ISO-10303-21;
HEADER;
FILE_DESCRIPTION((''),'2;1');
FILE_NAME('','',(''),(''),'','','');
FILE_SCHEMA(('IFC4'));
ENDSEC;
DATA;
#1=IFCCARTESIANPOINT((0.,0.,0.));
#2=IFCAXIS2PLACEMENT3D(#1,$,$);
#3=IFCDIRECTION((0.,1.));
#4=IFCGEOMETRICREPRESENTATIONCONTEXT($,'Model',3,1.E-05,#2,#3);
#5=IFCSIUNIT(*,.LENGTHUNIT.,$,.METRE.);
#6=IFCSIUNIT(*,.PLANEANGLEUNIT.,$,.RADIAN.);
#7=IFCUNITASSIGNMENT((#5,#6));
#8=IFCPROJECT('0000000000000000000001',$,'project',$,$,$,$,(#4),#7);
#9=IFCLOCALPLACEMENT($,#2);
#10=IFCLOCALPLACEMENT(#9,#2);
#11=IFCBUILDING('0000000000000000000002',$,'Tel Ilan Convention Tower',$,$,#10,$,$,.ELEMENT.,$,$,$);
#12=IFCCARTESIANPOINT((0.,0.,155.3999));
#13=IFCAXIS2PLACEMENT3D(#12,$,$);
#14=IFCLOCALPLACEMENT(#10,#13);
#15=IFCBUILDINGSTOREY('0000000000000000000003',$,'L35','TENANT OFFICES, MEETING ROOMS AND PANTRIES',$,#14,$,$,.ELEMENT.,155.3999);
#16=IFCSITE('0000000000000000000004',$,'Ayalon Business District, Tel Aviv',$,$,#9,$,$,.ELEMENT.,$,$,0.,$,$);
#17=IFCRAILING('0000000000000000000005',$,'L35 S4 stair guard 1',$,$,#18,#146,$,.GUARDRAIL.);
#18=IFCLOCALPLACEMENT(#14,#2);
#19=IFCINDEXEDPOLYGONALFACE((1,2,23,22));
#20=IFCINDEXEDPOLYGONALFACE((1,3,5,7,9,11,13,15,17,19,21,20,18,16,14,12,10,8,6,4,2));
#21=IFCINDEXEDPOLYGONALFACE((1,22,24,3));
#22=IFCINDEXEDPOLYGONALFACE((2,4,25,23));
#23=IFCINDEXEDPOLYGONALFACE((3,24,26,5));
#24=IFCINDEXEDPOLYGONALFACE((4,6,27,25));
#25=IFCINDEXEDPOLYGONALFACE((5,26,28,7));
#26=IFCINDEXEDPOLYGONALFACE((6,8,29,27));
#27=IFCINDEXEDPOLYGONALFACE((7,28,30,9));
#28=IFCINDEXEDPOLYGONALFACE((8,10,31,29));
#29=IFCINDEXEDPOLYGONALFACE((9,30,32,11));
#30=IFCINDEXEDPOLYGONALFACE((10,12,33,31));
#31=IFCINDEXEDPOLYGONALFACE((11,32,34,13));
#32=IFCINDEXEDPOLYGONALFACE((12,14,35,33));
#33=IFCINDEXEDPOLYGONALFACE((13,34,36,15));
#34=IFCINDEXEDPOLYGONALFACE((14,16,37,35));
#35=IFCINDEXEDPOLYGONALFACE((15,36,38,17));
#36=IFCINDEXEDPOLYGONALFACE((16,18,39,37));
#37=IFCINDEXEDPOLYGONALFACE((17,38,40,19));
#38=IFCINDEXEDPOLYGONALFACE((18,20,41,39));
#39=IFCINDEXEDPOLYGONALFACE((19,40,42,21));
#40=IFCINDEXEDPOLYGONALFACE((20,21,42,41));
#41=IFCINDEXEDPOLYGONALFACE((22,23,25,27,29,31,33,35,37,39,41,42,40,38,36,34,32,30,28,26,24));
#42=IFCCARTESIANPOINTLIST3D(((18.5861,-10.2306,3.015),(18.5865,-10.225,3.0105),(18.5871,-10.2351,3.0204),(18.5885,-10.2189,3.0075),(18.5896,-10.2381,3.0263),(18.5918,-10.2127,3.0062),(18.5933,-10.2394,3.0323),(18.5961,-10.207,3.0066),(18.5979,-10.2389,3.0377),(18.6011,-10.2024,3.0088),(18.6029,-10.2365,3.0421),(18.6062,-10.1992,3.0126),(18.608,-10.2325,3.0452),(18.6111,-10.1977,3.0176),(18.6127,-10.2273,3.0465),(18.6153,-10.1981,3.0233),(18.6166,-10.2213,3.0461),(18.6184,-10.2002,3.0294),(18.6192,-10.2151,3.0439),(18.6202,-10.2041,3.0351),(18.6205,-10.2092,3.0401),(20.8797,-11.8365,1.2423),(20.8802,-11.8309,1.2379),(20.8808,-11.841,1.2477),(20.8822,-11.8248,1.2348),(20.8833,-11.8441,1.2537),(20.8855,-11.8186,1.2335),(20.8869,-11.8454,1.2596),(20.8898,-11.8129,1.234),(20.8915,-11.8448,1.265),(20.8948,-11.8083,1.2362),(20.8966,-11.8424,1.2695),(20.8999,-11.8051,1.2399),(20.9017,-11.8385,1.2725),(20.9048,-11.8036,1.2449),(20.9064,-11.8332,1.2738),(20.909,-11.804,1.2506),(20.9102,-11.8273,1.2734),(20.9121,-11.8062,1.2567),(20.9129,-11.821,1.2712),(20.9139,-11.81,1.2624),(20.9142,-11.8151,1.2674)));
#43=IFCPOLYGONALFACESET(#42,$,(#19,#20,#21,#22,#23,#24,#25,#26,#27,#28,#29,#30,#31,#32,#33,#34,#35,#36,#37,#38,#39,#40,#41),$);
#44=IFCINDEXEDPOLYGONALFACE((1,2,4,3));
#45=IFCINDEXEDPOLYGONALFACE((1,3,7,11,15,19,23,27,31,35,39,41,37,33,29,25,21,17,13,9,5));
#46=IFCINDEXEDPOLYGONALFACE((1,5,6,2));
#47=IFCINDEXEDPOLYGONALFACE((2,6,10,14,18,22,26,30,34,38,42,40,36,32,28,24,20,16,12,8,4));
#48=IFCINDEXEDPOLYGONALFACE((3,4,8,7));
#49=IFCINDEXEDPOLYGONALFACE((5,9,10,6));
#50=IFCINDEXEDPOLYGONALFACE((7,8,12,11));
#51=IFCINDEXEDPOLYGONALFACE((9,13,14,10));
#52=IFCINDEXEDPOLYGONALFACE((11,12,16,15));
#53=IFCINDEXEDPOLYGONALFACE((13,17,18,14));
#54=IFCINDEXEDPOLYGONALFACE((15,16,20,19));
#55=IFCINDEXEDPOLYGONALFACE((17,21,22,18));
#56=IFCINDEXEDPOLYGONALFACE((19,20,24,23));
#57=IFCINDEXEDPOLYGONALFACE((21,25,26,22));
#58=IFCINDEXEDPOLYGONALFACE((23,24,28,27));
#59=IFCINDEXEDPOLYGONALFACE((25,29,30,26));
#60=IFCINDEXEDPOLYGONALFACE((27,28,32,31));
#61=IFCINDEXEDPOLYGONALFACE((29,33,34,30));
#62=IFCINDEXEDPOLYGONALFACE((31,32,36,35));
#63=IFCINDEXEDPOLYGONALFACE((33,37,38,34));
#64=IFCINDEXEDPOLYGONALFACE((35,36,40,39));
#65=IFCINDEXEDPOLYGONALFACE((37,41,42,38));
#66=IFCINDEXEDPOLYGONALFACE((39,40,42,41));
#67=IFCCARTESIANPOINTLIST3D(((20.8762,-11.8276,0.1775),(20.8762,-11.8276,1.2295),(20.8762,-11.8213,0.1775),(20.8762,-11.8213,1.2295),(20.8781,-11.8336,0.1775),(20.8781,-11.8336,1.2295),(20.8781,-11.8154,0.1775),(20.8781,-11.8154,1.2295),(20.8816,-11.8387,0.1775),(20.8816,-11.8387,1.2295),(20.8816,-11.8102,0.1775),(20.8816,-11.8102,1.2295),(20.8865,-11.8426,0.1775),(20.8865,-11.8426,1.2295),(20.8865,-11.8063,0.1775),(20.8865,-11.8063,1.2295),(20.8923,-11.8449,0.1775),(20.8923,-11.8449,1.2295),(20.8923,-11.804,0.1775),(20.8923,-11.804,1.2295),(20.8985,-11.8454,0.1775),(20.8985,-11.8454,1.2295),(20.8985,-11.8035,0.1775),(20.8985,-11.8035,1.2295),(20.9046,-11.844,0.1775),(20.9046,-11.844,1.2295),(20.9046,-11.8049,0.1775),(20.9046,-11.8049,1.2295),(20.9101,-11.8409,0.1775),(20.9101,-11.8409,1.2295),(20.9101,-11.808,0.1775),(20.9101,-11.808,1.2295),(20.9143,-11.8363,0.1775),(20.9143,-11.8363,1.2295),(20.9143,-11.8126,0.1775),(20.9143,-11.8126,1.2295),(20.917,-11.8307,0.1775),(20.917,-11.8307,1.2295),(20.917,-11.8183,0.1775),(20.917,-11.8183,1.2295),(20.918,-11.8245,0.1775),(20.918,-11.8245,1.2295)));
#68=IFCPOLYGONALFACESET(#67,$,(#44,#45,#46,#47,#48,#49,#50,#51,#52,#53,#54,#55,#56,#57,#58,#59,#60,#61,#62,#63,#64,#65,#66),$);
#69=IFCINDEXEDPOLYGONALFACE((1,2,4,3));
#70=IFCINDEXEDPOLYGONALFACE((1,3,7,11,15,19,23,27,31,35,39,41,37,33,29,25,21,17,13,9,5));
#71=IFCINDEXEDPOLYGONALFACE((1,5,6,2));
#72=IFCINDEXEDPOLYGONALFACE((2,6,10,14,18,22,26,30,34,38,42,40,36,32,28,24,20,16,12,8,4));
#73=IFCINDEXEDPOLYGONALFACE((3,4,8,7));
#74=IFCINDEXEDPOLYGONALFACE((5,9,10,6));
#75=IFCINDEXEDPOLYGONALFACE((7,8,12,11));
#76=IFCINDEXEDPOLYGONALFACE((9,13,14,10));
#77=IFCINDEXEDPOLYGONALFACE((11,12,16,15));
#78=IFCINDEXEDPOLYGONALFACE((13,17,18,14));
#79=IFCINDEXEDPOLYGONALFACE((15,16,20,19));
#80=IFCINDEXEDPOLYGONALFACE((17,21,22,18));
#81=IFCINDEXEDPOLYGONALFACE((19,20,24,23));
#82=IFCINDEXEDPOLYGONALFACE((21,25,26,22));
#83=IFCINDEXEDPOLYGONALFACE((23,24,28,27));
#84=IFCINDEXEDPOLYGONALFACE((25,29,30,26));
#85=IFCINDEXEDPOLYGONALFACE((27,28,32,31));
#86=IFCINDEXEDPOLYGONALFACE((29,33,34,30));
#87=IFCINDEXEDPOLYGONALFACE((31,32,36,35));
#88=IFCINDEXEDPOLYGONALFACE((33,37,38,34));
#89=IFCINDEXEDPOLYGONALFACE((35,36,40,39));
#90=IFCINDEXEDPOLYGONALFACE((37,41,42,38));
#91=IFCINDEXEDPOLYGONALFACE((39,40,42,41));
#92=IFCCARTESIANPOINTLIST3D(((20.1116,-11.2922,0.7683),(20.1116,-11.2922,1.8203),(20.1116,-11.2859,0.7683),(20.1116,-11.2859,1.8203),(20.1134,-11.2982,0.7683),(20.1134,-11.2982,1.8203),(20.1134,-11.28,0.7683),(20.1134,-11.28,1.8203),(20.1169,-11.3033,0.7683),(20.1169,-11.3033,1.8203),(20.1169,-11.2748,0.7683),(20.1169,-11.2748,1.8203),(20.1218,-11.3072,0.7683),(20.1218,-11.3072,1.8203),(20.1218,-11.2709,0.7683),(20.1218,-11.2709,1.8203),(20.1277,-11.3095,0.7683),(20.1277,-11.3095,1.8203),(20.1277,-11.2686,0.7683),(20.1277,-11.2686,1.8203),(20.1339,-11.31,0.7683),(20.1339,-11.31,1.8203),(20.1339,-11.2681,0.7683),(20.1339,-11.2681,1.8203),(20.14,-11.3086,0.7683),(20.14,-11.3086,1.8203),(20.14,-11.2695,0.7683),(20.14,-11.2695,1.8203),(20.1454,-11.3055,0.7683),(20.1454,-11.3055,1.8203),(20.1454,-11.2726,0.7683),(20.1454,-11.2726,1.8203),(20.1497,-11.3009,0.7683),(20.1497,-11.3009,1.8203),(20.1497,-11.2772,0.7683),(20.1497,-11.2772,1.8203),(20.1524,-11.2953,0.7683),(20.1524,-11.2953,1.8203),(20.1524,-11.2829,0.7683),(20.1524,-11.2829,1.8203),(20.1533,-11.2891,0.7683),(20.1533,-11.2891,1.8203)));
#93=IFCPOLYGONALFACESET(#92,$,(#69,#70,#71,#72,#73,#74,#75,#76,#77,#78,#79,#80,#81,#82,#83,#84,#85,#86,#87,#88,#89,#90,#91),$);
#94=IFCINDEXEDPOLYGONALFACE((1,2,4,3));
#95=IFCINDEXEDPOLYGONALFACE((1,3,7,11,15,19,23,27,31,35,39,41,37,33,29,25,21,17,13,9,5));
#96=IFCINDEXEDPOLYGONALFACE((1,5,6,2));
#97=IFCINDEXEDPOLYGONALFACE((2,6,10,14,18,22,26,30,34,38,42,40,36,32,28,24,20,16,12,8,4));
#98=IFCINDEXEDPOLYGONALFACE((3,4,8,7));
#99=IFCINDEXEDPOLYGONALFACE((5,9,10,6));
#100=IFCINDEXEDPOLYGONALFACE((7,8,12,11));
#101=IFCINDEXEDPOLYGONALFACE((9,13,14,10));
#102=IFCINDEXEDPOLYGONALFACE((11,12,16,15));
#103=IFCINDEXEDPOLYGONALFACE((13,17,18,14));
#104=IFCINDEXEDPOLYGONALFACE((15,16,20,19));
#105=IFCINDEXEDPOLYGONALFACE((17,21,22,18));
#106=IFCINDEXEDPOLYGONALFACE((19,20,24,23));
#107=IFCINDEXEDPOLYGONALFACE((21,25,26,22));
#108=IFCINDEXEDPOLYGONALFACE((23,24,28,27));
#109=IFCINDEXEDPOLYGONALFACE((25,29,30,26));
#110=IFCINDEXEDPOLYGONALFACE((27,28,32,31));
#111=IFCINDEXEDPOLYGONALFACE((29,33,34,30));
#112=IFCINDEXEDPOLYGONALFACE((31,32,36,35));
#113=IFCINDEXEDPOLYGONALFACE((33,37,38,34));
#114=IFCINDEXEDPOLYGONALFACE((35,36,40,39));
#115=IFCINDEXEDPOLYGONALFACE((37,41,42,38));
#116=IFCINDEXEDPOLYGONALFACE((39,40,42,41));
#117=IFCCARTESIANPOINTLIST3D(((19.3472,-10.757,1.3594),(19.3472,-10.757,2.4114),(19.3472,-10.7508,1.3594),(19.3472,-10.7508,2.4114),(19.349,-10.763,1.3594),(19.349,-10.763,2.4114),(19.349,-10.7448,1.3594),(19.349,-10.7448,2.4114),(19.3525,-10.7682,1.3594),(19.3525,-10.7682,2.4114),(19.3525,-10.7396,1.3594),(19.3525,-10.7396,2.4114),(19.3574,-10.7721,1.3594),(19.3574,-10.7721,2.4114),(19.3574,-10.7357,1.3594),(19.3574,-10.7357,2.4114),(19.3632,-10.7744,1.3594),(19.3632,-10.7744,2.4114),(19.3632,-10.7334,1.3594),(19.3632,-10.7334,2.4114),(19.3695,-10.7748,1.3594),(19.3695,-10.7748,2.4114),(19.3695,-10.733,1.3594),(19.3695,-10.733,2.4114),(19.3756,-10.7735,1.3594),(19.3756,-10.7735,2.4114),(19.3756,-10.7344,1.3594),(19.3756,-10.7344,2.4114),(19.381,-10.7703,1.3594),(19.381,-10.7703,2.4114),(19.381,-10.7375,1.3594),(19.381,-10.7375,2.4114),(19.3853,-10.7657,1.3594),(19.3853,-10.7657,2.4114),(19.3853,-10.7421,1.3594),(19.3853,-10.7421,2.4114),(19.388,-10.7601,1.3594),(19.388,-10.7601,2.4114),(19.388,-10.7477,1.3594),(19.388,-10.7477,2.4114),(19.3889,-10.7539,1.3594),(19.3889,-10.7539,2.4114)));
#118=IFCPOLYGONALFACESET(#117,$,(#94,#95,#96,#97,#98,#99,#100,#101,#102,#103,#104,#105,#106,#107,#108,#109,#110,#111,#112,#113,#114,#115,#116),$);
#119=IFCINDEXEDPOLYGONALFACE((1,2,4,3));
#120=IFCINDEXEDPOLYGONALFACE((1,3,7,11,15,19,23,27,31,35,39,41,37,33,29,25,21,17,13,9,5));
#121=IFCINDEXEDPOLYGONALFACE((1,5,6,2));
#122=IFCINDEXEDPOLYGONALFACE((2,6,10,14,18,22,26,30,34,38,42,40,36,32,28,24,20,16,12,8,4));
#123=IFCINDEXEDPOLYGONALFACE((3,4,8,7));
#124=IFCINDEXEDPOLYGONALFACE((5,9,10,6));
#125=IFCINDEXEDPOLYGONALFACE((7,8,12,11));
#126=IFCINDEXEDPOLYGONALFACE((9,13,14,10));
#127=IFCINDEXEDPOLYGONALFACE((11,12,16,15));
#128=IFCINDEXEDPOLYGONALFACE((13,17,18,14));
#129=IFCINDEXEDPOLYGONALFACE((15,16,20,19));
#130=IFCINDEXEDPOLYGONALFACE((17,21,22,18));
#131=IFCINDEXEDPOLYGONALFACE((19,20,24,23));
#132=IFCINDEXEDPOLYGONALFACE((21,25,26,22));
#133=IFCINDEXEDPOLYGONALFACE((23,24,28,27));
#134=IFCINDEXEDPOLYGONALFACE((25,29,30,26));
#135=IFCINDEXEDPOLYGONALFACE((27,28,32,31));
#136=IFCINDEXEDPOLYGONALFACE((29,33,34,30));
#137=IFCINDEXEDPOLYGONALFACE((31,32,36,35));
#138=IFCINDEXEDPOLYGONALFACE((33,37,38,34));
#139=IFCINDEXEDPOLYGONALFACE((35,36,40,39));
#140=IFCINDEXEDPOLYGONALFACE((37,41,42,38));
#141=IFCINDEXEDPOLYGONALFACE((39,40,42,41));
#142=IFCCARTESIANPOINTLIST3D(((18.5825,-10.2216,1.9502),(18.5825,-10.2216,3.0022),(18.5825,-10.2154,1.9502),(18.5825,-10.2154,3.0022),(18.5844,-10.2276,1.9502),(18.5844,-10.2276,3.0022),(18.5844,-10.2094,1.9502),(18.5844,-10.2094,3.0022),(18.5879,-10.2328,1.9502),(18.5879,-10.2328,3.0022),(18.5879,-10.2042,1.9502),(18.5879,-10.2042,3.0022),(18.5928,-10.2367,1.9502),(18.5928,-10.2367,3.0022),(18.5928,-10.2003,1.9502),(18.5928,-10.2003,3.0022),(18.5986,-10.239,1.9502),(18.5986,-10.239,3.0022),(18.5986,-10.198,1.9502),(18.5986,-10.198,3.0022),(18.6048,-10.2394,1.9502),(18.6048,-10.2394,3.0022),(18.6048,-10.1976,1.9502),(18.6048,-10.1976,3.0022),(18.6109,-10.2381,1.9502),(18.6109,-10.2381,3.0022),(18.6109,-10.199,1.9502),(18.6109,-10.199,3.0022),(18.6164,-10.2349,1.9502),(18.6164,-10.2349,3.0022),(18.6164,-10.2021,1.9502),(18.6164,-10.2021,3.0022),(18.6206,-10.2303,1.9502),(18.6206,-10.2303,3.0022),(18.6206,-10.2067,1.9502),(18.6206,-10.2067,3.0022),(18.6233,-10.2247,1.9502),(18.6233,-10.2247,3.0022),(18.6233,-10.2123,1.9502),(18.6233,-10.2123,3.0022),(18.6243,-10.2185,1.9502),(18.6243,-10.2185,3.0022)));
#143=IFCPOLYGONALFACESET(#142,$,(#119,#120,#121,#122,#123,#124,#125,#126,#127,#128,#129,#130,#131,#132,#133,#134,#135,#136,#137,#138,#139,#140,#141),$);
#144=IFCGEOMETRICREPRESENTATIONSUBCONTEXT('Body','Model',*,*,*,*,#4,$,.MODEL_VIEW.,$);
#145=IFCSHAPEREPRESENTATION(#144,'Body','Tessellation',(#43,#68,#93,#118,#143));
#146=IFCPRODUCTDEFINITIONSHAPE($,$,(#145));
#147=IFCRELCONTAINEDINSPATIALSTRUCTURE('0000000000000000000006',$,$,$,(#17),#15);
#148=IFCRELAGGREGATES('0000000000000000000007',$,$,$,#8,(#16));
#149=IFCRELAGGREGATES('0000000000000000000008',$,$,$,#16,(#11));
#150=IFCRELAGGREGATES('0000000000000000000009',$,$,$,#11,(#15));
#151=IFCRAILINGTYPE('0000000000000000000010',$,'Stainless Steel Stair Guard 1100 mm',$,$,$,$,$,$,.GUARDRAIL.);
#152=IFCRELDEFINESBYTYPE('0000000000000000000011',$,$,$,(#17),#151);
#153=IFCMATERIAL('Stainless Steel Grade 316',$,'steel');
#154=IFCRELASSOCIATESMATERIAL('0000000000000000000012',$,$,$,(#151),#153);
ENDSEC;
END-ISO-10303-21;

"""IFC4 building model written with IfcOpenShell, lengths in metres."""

from ifc_helpers import new_model, si_unit, direction, frame, origin, origin_2d, place, context, subcontext, project, spatial, circle, extrude, material, type_object, element, save


model = new_model("IFC4")

# Units and contexts
model_context = context("Model", 3, precision=1e-05, world=origin(), true_north=direction((0.0, 1.0)))
body_context = subcontext(model_context, "Body", "Model", "MODEL_VIEW")
ifc_project = project(units=[si_unit("LENGTHUNIT", "METRE"), si_unit("PLANEANGLEUNIT", "RADIAN")], contexts=[model_context])

# Site, building, storey
site_placement = place(None, origin())
site = spatial("IfcSite", under=ifc_project, at=site_placement, Name="Ayalon Business District, Tel Aviv", CompositionType="ELEMENT", RefElevation=0.0)
building_placement = place(site_placement, origin())
building = spatial("IfcBuilding", under=site, at=building_placement, Name="Tel Ilan Convention Tower", CompositionType="ELEMENT")
storey_placement = place(building_placement, frame((0.0, 0.0, 155.3999)))
storey = spatial("IfcBuildingStorey", under=building, at=storey_placement, Name="L35", Description="TENANT OFFICES, MEETING ROOMS AND PANTRIES", CompositionType="ELEMENT", Elevation=155.3999)

# Railing
ifc_material_1 = material(Name="Stainless Steel Grade 316", Category="steel")
railing_type_1 = type_object("IfcRailingType", Name="Stainless Steel Stair Guard 1100 mm", PredefinedType="GUARDRAIL", material=ifc_material_1)
railing_1_placement = place(storey_placement, frame((20.897, -11.8245, 0.1775)))
element("IfcRailing", 1, at=railing_1_placement, inside=storey, type_object=railing_type_1, Name="L35 S4 stair guard 1", PredefinedType="GUARDRAIL", context=body_context, shape_type="SweptSolid", body=[
    extrude(circle(Radius=0.0239, at=origin_2d()), frame((0.0, 0.0, 1.0762), z_axis=(-0.692123, 0.484597, 0.534913), x_axis=(-0.57355, -0.81917, 0.0)), (0.0, 0.0, 1.0), 3.314),
    extrude(circle(Radius=0.021, at=origin_2d()), origin(), (0.0, 0.0, 1.0), 1.052),
    extrude(circle(Radius=0.021, at=origin_2d()), frame((-0.7646, 0.5354, 0.5908)), (0.0, 0.0, 1.0), 1.052),
    extrude(circle(Radius=0.021, at=origin_2d()), frame((-1.5291, 1.0706, 1.1819)), (0.0, 0.0, 1.0), 1.052),
    extrude(circle(Radius=0.021, at=origin_2d()), frame((-2.2937, 1.606, 1.7727)), (0.0, 0.0, 1.0), 1.052),
])

save(model, "model.ifc")
